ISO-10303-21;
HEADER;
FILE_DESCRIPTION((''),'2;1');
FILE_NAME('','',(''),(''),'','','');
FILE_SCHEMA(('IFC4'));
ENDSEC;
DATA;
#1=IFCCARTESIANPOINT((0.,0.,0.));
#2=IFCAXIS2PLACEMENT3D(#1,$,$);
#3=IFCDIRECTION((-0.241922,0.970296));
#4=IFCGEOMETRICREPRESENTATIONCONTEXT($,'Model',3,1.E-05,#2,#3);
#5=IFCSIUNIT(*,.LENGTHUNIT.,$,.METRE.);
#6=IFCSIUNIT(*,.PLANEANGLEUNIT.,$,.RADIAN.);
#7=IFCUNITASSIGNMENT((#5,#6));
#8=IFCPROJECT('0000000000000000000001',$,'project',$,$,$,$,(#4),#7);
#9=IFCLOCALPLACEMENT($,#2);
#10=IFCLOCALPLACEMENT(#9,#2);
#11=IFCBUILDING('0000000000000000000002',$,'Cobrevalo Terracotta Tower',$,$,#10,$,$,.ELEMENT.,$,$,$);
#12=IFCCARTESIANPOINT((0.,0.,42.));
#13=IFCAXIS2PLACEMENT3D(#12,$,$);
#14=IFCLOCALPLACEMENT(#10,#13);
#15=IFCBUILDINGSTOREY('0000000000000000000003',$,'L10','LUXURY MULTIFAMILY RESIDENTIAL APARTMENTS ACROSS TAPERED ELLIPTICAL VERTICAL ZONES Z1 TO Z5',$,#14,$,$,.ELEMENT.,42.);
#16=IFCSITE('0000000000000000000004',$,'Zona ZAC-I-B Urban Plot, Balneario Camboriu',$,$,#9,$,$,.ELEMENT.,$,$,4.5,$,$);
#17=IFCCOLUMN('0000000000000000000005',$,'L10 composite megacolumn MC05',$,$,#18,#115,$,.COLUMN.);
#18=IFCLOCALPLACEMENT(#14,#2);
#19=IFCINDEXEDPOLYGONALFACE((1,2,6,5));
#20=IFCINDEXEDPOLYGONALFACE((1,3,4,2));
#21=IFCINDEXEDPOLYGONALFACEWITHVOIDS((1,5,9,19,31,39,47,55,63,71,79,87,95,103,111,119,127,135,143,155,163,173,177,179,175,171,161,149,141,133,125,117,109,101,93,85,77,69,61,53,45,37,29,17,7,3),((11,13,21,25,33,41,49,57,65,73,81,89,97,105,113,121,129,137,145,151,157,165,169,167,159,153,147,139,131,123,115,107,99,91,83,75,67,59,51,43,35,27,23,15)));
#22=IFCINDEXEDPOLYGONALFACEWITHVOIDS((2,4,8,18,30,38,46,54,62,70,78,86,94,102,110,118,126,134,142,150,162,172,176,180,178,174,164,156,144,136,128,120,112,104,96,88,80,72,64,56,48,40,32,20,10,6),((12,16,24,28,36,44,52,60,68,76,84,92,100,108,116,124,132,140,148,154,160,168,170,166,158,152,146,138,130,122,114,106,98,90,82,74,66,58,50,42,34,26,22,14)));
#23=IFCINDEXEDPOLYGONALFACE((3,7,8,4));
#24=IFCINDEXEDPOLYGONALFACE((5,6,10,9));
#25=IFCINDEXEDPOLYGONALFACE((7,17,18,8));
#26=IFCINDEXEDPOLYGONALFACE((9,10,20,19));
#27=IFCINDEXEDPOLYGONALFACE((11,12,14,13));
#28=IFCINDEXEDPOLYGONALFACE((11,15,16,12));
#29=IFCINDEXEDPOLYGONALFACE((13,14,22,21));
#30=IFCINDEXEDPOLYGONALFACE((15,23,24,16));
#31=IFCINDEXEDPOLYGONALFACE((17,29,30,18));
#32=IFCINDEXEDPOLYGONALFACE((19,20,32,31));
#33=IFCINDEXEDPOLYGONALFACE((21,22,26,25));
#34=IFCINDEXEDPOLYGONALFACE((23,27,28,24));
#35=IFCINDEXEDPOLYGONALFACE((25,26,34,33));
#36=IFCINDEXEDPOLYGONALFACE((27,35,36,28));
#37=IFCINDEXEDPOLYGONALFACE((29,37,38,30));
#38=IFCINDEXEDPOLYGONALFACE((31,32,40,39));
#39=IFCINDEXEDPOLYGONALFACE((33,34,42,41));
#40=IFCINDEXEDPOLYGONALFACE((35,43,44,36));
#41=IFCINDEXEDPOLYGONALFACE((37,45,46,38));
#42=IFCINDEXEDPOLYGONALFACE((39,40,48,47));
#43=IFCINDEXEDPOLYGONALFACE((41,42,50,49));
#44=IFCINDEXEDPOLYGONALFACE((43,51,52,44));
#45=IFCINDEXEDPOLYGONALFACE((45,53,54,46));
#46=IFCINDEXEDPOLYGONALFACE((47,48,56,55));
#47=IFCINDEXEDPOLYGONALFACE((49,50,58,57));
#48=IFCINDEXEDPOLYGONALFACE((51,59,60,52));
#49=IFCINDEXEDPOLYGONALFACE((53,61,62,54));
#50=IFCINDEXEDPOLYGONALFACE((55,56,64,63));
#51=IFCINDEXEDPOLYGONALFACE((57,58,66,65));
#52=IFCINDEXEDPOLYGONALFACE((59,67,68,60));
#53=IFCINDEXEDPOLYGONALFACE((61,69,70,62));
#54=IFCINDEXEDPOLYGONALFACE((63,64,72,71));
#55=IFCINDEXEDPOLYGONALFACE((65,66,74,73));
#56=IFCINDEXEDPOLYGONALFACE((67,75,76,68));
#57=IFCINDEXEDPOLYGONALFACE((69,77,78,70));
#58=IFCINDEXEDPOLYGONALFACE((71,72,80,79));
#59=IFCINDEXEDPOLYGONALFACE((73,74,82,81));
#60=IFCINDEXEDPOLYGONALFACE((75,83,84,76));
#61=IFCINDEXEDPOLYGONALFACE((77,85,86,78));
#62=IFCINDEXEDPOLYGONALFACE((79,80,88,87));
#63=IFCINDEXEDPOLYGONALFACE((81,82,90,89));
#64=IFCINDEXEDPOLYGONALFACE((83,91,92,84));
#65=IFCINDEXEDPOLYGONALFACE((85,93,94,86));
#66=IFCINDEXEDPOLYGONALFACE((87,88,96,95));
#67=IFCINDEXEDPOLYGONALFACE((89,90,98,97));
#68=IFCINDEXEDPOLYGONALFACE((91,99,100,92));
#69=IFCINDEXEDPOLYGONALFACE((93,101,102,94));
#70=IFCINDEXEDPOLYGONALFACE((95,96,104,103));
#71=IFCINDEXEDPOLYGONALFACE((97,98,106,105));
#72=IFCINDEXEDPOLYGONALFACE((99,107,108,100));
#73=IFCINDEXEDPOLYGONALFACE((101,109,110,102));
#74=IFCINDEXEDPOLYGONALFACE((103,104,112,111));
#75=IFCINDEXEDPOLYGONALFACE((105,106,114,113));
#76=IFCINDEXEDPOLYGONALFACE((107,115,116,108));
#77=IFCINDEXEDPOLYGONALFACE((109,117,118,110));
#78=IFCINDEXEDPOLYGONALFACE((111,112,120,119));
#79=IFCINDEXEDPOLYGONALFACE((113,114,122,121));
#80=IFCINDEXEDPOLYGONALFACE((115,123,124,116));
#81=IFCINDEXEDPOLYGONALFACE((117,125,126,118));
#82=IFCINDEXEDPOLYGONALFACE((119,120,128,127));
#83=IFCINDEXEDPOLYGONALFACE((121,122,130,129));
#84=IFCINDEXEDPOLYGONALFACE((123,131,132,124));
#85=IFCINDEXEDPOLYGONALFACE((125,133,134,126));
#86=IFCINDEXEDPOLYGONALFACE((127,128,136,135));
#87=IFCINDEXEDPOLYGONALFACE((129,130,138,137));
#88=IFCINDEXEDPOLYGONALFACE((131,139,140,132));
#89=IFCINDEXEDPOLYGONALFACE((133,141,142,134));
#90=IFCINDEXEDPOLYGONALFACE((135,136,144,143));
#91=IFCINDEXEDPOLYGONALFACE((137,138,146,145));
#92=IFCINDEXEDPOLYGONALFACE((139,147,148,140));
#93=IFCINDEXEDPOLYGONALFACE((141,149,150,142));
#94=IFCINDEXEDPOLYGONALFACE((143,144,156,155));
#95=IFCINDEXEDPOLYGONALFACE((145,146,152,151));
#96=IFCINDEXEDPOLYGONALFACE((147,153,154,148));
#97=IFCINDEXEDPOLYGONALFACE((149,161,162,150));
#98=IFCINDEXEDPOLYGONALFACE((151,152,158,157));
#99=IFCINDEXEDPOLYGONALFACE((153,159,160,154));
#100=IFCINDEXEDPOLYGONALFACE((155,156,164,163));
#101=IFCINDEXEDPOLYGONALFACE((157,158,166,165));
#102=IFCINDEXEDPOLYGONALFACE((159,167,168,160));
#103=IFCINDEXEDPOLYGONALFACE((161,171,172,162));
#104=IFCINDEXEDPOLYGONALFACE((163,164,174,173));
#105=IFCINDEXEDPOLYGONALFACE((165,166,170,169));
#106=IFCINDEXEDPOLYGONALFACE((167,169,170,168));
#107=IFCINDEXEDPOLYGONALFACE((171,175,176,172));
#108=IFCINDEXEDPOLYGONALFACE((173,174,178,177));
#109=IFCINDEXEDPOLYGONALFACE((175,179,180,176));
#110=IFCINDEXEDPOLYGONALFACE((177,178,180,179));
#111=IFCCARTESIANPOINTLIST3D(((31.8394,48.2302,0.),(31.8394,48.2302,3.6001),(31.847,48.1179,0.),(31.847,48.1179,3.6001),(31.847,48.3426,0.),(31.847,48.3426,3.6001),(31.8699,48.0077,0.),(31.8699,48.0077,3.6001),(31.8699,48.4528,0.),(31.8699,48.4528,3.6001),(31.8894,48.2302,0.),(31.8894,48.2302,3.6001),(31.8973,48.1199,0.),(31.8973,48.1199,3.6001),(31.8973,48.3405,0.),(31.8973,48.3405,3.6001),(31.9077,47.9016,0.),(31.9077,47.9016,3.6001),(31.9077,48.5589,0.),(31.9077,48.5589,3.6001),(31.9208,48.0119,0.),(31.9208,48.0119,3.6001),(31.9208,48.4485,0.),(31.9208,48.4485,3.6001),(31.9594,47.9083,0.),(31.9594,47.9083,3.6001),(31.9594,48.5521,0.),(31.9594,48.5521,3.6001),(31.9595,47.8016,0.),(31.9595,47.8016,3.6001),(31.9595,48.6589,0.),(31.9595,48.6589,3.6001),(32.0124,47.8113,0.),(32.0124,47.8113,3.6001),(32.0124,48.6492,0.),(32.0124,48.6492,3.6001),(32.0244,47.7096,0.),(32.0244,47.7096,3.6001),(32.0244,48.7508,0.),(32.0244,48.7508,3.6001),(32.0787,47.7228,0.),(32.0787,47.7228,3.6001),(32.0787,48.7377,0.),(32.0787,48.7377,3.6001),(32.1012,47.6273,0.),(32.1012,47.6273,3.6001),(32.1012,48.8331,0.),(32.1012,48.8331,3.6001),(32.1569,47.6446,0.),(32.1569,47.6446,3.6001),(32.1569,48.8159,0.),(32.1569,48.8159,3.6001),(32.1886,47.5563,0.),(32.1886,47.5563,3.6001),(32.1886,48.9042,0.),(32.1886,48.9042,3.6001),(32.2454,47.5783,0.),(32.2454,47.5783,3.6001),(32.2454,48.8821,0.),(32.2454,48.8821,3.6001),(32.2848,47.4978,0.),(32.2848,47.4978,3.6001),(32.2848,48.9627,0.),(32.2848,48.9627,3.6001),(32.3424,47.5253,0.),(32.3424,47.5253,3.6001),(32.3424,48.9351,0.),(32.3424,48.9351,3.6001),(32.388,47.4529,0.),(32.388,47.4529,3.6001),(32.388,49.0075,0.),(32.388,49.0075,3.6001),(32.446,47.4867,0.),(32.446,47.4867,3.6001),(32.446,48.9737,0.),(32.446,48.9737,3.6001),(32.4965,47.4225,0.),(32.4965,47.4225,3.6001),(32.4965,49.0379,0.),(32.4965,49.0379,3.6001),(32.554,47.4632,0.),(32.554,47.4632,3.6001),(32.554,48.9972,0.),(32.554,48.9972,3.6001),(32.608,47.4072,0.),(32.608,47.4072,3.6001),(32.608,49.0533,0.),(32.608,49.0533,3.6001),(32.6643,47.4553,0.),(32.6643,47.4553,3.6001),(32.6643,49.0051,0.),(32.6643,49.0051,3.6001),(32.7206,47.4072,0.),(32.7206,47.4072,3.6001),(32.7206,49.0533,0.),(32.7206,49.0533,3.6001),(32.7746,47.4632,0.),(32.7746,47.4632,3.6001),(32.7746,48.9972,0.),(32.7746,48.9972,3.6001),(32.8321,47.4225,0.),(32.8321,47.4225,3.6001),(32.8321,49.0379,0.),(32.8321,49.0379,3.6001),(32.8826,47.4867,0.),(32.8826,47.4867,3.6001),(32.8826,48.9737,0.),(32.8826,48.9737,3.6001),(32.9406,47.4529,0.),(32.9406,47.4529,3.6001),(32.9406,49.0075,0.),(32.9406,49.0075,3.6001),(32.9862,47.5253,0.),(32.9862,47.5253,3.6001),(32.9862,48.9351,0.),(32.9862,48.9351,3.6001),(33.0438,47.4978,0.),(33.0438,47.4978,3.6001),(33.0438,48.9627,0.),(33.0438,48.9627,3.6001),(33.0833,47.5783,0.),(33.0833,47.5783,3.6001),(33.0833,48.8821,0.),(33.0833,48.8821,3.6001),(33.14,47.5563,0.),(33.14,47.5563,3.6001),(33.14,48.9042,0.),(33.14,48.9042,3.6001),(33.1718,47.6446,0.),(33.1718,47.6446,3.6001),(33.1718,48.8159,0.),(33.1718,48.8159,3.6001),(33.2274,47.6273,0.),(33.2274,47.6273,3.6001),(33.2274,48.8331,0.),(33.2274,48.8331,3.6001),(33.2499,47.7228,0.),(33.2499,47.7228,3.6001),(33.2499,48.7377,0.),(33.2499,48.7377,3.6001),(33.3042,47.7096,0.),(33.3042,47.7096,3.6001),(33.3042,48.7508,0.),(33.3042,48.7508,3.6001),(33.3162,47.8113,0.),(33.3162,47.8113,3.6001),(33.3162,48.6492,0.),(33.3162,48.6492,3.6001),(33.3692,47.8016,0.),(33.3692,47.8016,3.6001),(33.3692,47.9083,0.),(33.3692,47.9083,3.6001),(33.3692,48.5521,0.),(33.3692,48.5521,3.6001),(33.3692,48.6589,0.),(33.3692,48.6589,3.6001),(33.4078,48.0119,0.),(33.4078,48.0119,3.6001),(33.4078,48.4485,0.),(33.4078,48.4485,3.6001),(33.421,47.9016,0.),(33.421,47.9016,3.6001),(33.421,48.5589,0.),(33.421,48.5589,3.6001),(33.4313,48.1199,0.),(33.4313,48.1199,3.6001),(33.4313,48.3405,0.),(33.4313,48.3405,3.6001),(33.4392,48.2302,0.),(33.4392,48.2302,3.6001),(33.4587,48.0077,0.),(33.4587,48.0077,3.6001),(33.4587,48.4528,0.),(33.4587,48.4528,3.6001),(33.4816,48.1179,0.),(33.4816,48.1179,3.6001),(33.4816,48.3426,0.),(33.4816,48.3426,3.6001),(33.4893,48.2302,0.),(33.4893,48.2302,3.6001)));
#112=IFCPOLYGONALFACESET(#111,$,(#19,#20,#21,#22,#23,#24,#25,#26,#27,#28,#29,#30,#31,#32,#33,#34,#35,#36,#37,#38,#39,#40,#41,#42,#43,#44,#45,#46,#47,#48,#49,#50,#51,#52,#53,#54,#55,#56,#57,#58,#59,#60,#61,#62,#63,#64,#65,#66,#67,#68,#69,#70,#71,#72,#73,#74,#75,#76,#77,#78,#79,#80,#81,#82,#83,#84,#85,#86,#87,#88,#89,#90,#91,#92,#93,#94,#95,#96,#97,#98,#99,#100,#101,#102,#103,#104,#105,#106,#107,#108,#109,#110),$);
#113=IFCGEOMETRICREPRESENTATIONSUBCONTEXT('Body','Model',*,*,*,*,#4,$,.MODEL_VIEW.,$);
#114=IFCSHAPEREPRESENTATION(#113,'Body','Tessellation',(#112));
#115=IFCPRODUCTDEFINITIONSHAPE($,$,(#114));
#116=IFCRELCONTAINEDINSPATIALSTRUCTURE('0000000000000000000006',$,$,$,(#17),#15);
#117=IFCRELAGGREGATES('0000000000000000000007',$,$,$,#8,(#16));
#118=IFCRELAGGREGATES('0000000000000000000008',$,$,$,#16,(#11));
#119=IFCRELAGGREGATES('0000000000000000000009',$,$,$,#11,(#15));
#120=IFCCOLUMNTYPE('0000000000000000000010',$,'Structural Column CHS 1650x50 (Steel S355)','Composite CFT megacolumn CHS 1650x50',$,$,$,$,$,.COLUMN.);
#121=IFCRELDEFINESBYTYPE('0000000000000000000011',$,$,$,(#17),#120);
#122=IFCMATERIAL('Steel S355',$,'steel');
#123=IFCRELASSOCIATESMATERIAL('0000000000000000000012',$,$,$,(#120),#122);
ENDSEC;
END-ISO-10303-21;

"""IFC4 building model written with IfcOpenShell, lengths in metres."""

from ifc_helpers import new_model, si_unit, direction, frame, origin, origin_2d, place, context, subcontext, project, spatial, hollow_circle, extrude, material, material_profile, profile_set, type_object, element, save


model = new_model("IFC4")

# Units and contexts
model_context = context("Model", 3, precision=1e-05, world=origin(), true_north=direction((-0.241922, 0.970296)))
body_context = subcontext(model_context, "Body", "Model", "MODEL_VIEW")
ifc_project = project(units=[si_unit("LENGTHUNIT", "METRE"), si_unit("PLANEANGLEUNIT", "RADIAN")], contexts=[model_context])

# Site, building, storey
site_placement = place(None, origin())
site = spatial("IfcSite", under=ifc_project, at=site_placement, Name="Zona ZAC-I-B Urban Plot, Balneario Camboriu", CompositionType="ELEMENT", RefElevation=4.5)
building_placement = place(site_placement, origin())
building = spatial("IfcBuilding", under=site, at=building_placement, Name="Cobrevalo Terracotta Tower", CompositionType="ELEMENT")
storey_placement = place(building_placement, frame((0.0, 0.0, 42.0)))
storey = spatial("IfcBuildingStorey", under=building, at=storey_placement, Name="L10", Description="LUXURY MULTIFAMILY RESIDENTIAL APARTMENTS ACROSS TAPERED ELLIPTICAL VERTICAL ZONES Z1 TO Z5", CompositionType="ELEMENT", Elevation=42.0)

# Column
ifc_material_1 = material(Name="Steel S355", Category="steel")
ifc_material_profile_1 = material_profile(ifc_material_1, hollow_circle(Radius=0.825, WallThickness=0.05, at=origin_2d()), Name="CHS 1650x50")
ifc_profile_set_1 = profile_set([ifc_material_profile_1], Name="Steel S355")
column_type = type_object("IfcColumnType", Name="Structural Column CHS 1650x50 (Steel S355)", Description="Composite CFT megacolumn CHS 1650x50", PredefinedType="COLUMN", material=ifc_profile_set_1)
for number, where, z_axis, x_axis, name in (
    (1, (32.6643, 48.2302, 0.0), (0.0, 0.0, 1.0), (1.0, 0.0, 0.0), "L10 composite megacolumn MC05"),
):
    element("IfcColumn", number, at=place(storey_placement, frame(where, z_axis=z_axis, x_axis=x_axis)), inside=storey, type_object=column_type, Name=name, PredefinedType="COLUMN", context=body_context, shape_type="SweptSolid", body=[
        extrude(hollow_circle(Radius=0.825, WallThickness=0.05, at=origin_2d()), origin(), (0.0, 0.0, 1.0), 3.6001),
    ])

save(model, "model.ifc")
